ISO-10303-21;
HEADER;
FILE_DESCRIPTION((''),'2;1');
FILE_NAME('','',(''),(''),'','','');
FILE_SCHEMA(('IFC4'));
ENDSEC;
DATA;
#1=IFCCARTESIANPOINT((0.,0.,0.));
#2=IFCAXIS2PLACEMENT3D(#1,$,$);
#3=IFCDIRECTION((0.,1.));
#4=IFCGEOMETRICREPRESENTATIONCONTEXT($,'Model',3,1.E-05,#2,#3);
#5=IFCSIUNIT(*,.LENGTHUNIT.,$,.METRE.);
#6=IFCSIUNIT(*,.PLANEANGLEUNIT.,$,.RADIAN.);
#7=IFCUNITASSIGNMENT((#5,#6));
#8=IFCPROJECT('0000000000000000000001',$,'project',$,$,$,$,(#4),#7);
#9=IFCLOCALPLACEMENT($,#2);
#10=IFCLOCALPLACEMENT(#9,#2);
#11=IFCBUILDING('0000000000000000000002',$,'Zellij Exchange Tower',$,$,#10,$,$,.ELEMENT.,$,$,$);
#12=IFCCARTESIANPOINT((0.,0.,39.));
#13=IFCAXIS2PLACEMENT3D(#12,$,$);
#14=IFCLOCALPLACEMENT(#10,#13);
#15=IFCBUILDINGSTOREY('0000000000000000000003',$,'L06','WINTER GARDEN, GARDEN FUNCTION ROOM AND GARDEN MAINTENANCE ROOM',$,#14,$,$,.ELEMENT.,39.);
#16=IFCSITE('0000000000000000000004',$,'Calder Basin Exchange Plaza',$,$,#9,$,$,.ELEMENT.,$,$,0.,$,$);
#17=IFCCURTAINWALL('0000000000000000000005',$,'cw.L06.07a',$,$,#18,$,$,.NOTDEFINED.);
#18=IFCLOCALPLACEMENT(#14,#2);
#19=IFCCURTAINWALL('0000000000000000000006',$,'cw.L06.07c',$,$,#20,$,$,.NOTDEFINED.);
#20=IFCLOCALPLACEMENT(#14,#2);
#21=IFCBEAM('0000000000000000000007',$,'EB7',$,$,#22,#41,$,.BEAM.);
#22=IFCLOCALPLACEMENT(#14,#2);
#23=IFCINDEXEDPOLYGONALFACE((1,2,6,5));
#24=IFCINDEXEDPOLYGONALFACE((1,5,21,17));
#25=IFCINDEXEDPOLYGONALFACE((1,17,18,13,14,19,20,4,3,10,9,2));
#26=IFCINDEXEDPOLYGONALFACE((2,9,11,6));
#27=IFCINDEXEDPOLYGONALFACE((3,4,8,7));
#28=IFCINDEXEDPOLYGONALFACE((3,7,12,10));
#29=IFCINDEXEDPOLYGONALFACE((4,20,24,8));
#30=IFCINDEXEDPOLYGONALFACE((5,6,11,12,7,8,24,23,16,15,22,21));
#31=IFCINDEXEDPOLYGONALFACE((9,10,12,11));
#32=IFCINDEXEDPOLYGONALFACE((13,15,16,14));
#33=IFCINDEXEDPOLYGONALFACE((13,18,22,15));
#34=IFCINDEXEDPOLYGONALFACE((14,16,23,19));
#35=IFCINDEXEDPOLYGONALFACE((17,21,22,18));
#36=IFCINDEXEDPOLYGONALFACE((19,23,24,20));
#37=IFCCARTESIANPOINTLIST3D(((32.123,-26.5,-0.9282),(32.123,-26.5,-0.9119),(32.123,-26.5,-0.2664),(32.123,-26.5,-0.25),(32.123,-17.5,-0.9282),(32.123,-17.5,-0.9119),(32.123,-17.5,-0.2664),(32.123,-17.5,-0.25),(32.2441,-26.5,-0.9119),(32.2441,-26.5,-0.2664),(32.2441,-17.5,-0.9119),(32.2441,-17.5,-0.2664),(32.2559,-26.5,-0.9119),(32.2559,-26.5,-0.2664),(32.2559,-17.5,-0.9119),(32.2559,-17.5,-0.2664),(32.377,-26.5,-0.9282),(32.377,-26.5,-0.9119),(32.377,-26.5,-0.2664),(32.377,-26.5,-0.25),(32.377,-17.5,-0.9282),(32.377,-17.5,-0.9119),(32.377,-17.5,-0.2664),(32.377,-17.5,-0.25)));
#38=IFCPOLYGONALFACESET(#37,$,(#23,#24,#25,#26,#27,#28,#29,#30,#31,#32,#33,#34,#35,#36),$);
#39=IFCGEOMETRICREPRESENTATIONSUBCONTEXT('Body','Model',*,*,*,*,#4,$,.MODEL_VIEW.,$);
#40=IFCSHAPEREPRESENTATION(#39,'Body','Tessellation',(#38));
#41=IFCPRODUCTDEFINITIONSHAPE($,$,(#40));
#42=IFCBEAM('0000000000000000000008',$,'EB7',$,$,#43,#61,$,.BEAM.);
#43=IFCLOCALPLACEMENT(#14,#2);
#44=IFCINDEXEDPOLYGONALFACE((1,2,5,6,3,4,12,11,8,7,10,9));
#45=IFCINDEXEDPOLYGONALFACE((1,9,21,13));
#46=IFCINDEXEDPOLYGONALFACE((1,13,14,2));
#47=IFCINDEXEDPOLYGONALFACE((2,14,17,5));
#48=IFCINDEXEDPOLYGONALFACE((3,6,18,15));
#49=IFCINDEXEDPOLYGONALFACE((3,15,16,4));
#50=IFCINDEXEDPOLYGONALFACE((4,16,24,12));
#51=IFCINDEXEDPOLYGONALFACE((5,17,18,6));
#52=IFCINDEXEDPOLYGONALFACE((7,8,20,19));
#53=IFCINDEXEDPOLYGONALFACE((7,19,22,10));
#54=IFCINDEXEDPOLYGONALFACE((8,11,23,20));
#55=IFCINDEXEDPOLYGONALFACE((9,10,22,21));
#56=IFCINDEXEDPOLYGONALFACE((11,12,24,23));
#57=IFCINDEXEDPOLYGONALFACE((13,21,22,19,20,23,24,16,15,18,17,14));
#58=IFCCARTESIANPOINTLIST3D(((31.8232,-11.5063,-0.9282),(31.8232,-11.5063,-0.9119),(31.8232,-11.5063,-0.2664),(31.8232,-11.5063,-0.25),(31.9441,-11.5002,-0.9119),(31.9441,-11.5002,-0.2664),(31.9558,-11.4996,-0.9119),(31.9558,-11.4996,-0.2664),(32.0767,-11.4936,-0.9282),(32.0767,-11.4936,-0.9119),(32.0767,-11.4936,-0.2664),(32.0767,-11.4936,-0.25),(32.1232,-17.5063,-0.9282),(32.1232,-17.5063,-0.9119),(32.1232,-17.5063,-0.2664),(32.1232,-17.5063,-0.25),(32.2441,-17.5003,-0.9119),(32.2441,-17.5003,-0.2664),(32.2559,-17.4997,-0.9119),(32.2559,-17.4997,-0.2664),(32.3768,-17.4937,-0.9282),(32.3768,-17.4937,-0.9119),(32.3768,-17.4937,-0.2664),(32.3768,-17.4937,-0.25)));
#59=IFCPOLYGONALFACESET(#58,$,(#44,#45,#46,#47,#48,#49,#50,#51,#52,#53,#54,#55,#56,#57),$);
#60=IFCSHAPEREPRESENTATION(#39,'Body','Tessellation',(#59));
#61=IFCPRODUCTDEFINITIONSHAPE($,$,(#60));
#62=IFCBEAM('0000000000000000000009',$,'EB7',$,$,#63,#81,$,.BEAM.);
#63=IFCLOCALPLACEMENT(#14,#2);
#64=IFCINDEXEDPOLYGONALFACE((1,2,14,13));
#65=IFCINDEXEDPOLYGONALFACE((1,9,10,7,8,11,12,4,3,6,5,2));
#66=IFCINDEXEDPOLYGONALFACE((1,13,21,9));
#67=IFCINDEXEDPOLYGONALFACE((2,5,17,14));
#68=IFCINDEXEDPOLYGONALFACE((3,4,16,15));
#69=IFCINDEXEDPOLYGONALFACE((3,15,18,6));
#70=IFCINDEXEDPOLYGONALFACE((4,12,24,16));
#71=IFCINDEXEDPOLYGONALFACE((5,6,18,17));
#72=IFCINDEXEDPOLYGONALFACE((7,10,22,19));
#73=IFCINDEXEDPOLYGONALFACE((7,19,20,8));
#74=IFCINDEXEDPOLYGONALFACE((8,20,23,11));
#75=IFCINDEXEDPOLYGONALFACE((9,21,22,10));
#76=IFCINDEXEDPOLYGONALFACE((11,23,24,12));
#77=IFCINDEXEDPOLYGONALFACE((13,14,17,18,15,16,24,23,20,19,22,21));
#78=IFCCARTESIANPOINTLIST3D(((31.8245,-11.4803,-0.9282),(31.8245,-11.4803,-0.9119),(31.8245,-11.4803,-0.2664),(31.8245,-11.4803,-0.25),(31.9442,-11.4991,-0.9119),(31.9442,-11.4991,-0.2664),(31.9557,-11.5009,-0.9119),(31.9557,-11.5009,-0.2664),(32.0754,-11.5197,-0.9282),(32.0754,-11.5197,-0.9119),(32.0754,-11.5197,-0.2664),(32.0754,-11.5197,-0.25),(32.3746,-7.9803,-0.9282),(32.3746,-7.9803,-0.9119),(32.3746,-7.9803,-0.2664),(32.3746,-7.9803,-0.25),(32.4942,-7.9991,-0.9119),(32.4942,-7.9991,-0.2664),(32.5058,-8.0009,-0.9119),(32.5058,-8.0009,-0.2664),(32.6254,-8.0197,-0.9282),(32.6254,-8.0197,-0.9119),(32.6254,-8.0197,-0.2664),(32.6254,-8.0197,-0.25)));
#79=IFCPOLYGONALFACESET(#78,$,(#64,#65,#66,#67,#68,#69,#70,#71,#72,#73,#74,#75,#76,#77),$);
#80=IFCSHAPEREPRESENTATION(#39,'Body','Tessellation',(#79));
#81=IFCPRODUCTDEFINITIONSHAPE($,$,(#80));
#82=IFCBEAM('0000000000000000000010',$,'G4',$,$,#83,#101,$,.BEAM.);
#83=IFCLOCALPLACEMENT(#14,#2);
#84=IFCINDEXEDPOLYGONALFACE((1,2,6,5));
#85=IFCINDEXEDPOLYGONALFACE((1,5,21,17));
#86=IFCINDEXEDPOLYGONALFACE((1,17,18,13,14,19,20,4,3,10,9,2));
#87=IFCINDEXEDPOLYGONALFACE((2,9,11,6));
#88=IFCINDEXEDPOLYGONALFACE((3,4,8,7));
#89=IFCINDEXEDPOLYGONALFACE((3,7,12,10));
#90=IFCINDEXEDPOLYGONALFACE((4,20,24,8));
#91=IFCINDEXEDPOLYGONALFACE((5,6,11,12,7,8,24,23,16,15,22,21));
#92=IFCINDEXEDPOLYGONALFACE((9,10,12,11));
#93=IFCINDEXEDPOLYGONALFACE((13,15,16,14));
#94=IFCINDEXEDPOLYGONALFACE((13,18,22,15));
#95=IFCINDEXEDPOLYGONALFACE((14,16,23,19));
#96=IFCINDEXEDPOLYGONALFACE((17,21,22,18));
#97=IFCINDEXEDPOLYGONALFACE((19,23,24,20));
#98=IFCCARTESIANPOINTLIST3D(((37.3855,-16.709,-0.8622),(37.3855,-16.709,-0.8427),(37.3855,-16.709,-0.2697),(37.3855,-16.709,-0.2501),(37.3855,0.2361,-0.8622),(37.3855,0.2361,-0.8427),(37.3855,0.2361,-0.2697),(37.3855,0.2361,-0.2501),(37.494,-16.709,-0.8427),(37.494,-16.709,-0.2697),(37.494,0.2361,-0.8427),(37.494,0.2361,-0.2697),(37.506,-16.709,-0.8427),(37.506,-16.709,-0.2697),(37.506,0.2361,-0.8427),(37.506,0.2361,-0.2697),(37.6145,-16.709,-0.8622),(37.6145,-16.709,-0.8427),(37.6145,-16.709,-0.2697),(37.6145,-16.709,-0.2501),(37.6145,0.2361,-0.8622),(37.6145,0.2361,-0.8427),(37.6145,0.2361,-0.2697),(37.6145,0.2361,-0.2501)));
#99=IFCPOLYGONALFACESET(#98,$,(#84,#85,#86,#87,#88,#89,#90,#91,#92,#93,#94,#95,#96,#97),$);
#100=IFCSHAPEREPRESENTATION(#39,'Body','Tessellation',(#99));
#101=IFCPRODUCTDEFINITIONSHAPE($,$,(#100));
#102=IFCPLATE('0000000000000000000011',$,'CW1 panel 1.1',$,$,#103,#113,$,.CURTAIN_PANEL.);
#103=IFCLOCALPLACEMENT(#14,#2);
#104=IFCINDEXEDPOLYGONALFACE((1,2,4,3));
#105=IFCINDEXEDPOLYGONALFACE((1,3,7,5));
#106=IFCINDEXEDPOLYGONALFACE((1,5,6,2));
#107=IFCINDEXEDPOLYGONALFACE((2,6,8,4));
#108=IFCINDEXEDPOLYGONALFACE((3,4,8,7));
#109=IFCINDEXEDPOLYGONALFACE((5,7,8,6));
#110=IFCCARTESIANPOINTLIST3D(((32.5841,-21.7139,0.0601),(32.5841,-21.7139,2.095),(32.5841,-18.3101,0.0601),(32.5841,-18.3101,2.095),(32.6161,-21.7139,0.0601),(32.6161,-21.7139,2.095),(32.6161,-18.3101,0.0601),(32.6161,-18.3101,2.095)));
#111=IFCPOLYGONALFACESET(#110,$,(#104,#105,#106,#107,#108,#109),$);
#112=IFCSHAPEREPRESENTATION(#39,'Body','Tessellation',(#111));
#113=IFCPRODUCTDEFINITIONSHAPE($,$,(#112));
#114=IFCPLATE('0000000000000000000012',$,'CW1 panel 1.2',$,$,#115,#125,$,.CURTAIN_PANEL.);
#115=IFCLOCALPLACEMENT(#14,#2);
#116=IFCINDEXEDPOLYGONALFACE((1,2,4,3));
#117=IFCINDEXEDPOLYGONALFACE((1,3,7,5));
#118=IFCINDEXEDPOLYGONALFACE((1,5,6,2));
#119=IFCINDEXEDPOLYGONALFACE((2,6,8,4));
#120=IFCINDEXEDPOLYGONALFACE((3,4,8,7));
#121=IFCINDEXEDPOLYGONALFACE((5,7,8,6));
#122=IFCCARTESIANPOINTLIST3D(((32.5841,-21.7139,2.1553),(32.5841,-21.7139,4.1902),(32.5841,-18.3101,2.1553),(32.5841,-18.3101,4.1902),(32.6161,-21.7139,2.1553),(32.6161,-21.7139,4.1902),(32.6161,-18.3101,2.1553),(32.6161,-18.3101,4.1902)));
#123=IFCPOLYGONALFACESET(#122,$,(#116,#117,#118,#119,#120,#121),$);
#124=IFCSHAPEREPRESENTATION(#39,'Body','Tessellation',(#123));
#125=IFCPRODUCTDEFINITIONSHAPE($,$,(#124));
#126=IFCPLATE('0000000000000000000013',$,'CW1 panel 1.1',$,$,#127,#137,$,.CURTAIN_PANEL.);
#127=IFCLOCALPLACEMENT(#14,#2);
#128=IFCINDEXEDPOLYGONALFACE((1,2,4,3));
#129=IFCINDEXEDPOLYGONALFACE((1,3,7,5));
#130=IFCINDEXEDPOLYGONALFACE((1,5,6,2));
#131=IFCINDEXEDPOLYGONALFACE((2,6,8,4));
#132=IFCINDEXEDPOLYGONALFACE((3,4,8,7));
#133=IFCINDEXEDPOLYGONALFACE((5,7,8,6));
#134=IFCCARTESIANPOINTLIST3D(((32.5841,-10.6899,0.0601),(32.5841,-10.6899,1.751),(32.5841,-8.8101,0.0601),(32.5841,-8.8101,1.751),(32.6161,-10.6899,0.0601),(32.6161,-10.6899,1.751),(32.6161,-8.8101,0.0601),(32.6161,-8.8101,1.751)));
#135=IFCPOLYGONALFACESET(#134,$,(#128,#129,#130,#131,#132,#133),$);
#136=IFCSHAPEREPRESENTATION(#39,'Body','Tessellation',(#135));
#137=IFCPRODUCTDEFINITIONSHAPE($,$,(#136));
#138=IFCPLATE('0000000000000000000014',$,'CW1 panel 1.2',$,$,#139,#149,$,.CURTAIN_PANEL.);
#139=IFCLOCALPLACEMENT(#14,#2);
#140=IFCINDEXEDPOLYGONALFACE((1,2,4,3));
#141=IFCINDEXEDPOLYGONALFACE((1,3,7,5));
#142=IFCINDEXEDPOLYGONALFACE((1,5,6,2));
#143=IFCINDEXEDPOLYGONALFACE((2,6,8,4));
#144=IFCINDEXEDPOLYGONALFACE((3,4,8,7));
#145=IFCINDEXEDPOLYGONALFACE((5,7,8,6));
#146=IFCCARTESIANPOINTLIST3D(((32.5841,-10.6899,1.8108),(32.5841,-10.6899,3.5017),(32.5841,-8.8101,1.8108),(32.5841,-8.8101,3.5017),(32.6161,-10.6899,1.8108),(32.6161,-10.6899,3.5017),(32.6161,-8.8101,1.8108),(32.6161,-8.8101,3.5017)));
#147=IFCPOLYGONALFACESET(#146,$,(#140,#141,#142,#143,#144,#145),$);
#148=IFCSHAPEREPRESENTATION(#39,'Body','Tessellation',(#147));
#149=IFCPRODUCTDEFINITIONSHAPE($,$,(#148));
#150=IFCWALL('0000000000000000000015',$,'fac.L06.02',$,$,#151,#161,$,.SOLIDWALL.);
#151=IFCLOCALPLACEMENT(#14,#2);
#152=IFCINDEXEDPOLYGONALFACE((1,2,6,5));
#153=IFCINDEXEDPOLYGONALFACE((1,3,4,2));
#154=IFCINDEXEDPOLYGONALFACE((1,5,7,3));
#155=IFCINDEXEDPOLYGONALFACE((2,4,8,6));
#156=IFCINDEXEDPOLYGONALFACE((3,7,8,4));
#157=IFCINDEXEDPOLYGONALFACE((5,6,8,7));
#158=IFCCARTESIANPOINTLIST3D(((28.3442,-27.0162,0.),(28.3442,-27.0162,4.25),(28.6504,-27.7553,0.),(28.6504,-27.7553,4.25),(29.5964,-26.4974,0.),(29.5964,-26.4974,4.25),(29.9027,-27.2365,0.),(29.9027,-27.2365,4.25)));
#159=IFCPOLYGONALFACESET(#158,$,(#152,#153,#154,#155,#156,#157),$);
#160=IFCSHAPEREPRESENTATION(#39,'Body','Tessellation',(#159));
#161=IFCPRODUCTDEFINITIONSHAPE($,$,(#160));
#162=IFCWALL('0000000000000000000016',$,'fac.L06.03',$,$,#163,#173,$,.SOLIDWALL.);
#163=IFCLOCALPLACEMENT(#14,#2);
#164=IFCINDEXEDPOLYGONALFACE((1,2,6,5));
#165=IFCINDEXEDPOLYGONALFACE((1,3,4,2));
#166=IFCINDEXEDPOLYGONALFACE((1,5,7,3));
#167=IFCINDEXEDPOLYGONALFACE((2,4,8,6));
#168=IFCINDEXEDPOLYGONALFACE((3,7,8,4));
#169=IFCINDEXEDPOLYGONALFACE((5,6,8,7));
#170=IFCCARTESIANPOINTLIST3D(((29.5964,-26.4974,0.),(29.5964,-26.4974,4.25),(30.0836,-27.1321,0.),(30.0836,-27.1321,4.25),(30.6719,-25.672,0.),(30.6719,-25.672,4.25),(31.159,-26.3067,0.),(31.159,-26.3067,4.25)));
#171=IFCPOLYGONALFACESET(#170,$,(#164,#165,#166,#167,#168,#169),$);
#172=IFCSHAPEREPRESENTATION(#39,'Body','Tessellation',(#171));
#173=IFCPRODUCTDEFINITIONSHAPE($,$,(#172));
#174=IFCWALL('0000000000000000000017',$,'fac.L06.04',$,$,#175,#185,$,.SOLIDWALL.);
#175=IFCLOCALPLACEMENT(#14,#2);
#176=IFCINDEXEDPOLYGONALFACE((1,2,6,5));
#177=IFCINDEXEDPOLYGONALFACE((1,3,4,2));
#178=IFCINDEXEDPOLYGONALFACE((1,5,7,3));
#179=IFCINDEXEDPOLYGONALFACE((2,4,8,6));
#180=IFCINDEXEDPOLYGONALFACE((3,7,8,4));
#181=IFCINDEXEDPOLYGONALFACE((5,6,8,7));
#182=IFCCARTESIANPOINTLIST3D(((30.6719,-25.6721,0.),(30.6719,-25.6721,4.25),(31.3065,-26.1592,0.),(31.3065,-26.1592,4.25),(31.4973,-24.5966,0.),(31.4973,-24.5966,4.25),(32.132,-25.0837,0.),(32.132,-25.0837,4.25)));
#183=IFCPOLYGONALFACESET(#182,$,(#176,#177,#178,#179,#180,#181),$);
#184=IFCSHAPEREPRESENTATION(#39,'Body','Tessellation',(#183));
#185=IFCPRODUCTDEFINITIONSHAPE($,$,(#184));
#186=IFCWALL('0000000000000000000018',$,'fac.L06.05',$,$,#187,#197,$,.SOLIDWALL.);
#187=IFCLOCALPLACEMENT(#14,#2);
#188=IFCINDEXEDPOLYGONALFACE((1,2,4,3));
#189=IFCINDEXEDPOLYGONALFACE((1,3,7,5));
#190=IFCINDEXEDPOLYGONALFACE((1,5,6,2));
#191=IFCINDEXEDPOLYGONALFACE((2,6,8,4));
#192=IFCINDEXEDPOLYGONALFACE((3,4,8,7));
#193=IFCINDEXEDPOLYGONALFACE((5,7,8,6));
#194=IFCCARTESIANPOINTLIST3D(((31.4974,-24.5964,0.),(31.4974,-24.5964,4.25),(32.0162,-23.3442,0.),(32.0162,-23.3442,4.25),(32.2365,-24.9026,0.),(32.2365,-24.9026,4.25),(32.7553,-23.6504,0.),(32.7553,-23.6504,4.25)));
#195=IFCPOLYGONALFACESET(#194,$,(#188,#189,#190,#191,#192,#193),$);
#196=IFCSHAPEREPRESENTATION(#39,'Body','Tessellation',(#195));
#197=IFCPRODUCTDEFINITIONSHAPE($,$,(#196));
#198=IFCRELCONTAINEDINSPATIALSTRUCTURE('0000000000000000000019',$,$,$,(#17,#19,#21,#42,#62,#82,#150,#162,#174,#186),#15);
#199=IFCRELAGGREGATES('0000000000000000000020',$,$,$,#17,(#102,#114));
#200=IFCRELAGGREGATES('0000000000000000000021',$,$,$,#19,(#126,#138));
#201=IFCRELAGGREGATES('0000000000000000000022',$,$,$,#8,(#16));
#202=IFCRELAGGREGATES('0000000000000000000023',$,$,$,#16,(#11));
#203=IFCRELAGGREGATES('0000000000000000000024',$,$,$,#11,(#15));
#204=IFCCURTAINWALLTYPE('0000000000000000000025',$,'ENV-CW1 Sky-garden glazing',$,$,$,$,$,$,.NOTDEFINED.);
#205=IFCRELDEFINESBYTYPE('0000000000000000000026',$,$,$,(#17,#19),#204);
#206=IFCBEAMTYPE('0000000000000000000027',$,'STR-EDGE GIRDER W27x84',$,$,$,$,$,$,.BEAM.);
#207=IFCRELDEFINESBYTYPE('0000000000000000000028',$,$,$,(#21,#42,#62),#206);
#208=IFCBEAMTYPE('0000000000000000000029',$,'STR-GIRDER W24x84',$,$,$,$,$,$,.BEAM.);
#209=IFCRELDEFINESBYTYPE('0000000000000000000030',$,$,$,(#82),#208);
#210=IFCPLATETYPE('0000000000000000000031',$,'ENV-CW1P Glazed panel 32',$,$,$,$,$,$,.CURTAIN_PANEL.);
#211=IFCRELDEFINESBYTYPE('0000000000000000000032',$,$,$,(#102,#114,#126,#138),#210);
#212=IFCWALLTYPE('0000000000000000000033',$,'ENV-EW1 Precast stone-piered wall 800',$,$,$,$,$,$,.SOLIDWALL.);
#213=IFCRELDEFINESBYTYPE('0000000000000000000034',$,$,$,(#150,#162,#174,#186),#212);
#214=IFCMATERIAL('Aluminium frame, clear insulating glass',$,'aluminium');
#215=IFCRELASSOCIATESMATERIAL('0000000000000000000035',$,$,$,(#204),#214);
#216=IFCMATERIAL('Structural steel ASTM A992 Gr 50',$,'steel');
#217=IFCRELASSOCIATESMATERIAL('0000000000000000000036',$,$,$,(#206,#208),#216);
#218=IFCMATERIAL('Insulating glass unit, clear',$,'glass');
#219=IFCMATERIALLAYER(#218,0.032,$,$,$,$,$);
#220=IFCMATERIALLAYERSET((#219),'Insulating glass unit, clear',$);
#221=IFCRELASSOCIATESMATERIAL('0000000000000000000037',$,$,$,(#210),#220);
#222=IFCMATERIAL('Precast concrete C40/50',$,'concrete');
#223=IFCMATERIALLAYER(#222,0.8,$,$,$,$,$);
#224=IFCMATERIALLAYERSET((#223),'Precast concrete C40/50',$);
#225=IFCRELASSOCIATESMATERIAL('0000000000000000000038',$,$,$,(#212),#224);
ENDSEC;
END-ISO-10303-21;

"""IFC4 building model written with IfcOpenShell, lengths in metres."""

from ifc_helpers import new_model, si_unit, direction, frame, frame_2d, origin, origin_2d, place, context, subcontext, project, spatial, rectangle, i_section, extrude, material, layer, layer_set, material_profile, profile_set, type_object, element, aggregate, save


model = new_model("IFC4")

# Units and contexts
model_context = context("Model", 3, precision=1e-05, world=origin(), true_north=direction((0.0, 1.0)))
body_context = subcontext(model_context, "Body", "Model", "MODEL_VIEW")
ifc_project = project(units=[si_unit("LENGTHUNIT", "METRE"), si_unit("PLANEANGLEUNIT", "RADIAN")], contexts=[model_context])

# Site, building, storey
site_placement = place(None, origin())
site = spatial("IfcSite", under=ifc_project, at=site_placement, Name="Calder Basin Exchange Plaza", CompositionType="ELEMENT", RefElevation=0.0)
building_placement = place(site_placement, origin())
building = spatial("IfcBuilding", under=site, at=building_placement, Name="Zellij Exchange Tower", CompositionType="ELEMENT")
storey_placement = place(building_placement, frame((0.0, 0.0, 39.0)))
storey = spatial("IfcBuildingStorey", under=building, at=storey_placement, Name="L06", Description="WINTER GARDEN, GARDEN FUNCTION ROOM AND GARDEN MAINTENANCE ROOM", CompositionType="ELEMENT", Elevation=39.0)

# Curtain walls
ifc_material_1 = material(Name="Aluminium frame, clear insulating glass", Category="aluminium")
curtain_wall_type = type_object("IfcCurtainWallType", Name="ENV-CW1 Sky-garden glazing", PredefinedType="NOTDEFINED", material=ifc_material_1)
curtain_wall_1_placement = place(storey_placement, origin())
curtain_wall_1 = element("IfcCurtainWall", 1, at=curtain_wall_1_placement, inside=storey, type_object=curtain_wall_type, Name="cw.L06.07a", PredefinedType="NOTDEFINED")
curtain_wall_2_placement = place(storey_placement, origin())
curtain_wall_2 = element("IfcCurtainWall", 2, at=curtain_wall_2_placement, inside=storey, type_object=curtain_wall_type, Name="cw.L06.07c", PredefinedType="NOTDEFINED")

# Beams
ifc_material_2 = material(Name="Structural steel ASTM A992 Gr 50", Category="steel")
ifc_material_profile_1 = material_profile(ifc_material_2, i_section(OverallWidth=0.2539, OverallDepth=0.6782, WebThickness=0.0117, FlangeThickness=0.0164, at=origin_2d()), Name="W27x84")
ifc_profile_set_1 = profile_set([ifc_material_profile_1], Name="Structural steel ASTM A992 Gr 50")
beam_type_1 = type_object("IfcBeamType", Name="STR-EDGE GIRDER W27x84", PredefinedType="BEAM", material=ifc_profile_set_1)
beam_1_placement = place(storey_placement, frame((32.25, -26.5, -0.5891), z_axis=(0.0, 1.0, 0.0), x_axis=(-1.0, 0.0, 0.0)))
element("IfcBeam", 3, at=beam_1_placement, inside=storey, type_object=beam_type_1, Name="EB7", PredefinedType="BEAM", context=body_context, shape_type="SweptSolid", body=[
    extrude(i_section(OverallWidth=0.2539, OverallDepth=0.6782, WebThickness=0.0117, FlangeThickness=0.0164, at=origin_2d()), origin(), (0.0, 0.0, 1.0), 9.0),
])
beam_2_placement = place(storey_placement, frame((32.25, -17.5, -0.5891), z_axis=(-0.049946, 0.998752, 0.0), x_axis=(-0.998752, -0.049946, 0.0)))
element("IfcBeam", 4, at=beam_2_placement, inside=storey, type_object=beam_type_1, Name="EB7", PredefinedType="BEAM", context=body_context, shape_type="SweptSolid", body=[
    extrude(i_section(OverallWidth=0.2539, OverallDepth=0.6782, WebThickness=0.0117, FlangeThickness=0.0164, at=origin_2d()), origin(), (0.0, 0.0, 1.0), 6.0076),
])
beam_3_placement = place(storey_placement, frame((31.95, -11.5, -0.5891), z_axis=(0.155251, 0.987875, 0.0), x_axis=(-0.987875, 0.155251, 0.0)))
element("IfcBeam", 5, at=beam_3_placement, inside=storey, type_object=beam_type_1, Name="EB7", PredefinedType="BEAM", context=body_context, shape_type="SweptSolid", body=[
    extrude(i_section(OverallWidth=0.2539, OverallDepth=0.6782, WebThickness=0.0117, FlangeThickness=0.0164, at=origin_2d()), origin(), (0.0, 0.0, 1.0), 3.543),
])
ifc_material_profile_2 = material_profile(ifc_material_2, i_section(OverallWidth=0.229, OverallDepth=0.6121, WebThickness=0.012, FlangeThickness=0.0195, at=origin_2d()), Name="W24x84")
ifc_profile_set_2 = profile_set([ifc_material_profile_2], Name="Structural steel ASTM A992 Gr 50")
beam_type_2 = type_object("IfcBeamType", Name="STR-GIRDER W24x84", PredefinedType="BEAM", material=ifc_profile_set_2)
beam_4_placement = place(storey_placement, frame((37.5, -16.709, -0.5562), z_axis=(0.0, 1.0, 0.0), x_axis=(-1.0, 0.0, 0.0)))
element("IfcBeam", 6, at=beam_4_placement, inside=storey, type_object=beam_type_2, Name="G4", PredefinedType="BEAM", context=body_context, shape_type="SweptSolid", body=[
    extrude(i_section(OverallWidth=0.229, OverallDepth=0.6121, WebThickness=0.012, FlangeThickness=0.0195, at=origin_2d()), origin(), (0.0, 0.0, 1.0), 16.9451),
])

# Plates
ifc_material_3 = material(Name="Insulating glass unit, clear", Category="glass")
ifc_layer_1 = layer(ifc_material_3, 0.032)
ifc_layer_set_1 = layer_set([ifc_layer_1], Name="Insulating glass unit, clear")
plate_type = type_object("IfcPlateType", Name="ENV-CW1P Glazed panel 32", PredefinedType="CURTAIN_PANEL", material=ifc_layer_set_1)
plate_1_placement = place(storey_placement, frame((32.6001, -20.012, 0.0601), z_axis=(0.0, 0.0, 1.0), x_axis=(0.0, 1.0, 0.0)))
plate_1 = element("IfcPlate", 7, at=plate_1_placement, type_object=plate_type, Name="CW1 panel 1.1", PredefinedType="CURTAIN_PANEL", context=body_context, shape_type="SweptSolid", body=[
    extrude(rectangle(XDim=3.4038, YDim=0.032, at=origin_2d()), origin(), (0.0, 0.0, 1.0), 2.0349),
])
plate_2_placement = place(storey_placement, frame((32.6001, -20.012, 2.1553), z_axis=(0.0, 0.0, 1.0), x_axis=(0.0, 1.0, 0.0)))
plate_2 = element("IfcPlate", 8, at=plate_2_placement, type_object=plate_type, Name="CW1 panel 1.2", PredefinedType="CURTAIN_PANEL", context=body_context, shape_type="SweptSolid", body=[
    extrude(rectangle(XDim=3.4038, YDim=0.032, at=origin_2d()), origin(), (0.0, 0.0, 1.0), 2.0349),
])
aggregate(curtain_wall_1, [plate_1, plate_2])
plate_3_placement = place(storey_placement, frame((32.6001, -9.75, 0.0601), z_axis=(0.0, 0.0, 1.0), x_axis=(0.0, 1.0, 0.0)))
plate_3 = element("IfcPlate", 9, at=plate_3_placement, type_object=plate_type, Name="CW1 panel 1.1", PredefinedType="CURTAIN_PANEL", context=body_context, shape_type="SweptSolid", body=[
    extrude(rectangle(XDim=1.8799, YDim=0.032, at=origin_2d()), origin(), (0.0, 0.0, 1.0), 1.6909),
])
plate_4_placement = place(storey_placement, frame((32.6001, -9.75, 1.8108), z_axis=(0.0, 0.0, 1.0), x_axis=(0.0, 1.0, 0.0)))
plate_4 = element("IfcPlate", 10, at=plate_4_placement, type_object=plate_type, Name="CW1 panel 1.2", PredefinedType="CURTAIN_PANEL", context=body_context, shape_type="SweptSolid", body=[
    extrude(rectangle(XDim=1.8799, YDim=0.032, at=origin_2d()), origin(), (0.0, 0.0, 1.0), 1.6909),
])
aggregate(curtain_wall_2, [plate_3, plate_4])

# Walls
ifc_material_4 = material(Name="Precast concrete C40/50", Category="concrete")
ifc_layer_2 = layer(ifc_material_4, 0.8)
ifc_layer_set_2 = layer_set([ifc_layer_2], Name="Precast concrete C40/50")
wall_type = type_object("IfcWallType", Name="ENV-EW1 Precast stone-piered wall 800", PredefinedType="SOLIDWALL", material=ifc_layer_set_2)
wall_1_placement = place(storey_placement, frame((28.4973, -27.3857, 0.0), z_axis=(0.0, 0.0, 1.0), x_axis=(0.923848, 0.38276, 0.0)))
element("IfcWall", 11, at=wall_1_placement, inside=storey, type_object=wall_type, Name="fac.L06.02", PredefinedType="SOLIDWALL", context=body_context, shape_type="SweptSolid", body=[
    extrude(rectangle(XDim=1.3555, YDim=0.8, at=frame_2d((0.6777, 0.0))), origin(), (0.0, 0.0, 1.0), 4.25),
])
for number, where, z_axis, x_axis, name in (
    (12, (29.8401, -26.8147, 0.0), (0.0, 0.0, 1.0), (0.793273, 0.608866, 0.0), "fac.L06.03"),
    (13, (30.9893, -25.9155, 0.0), (0.0, 0.0, 1.0), (0.608866, 0.793273, 0.0), "fac.L06.04"),
):
    element("IfcWall", number, at=place(storey_placement, frame(where, z_axis=z_axis, x_axis=x_axis)), inside=storey, type_object=wall_type, Name=name, PredefinedType="SOLIDWALL", context=body_context, shape_type="SweptSolid", body=[
        extrude(rectangle(XDim=1.3557, YDim=0.8, at=frame_2d((0.6777, 0.0))), origin(), (0.0, 0.0, 1.0), 4.25),
    ])
wall_2_placement = place(storey_placement, frame((31.8669, -24.7495, 0.0), z_axis=(0.0, 0.0, 1.0), x_axis=(0.38276, 0.923848, 0.0)))
element("IfcWall", 14, at=wall_2_placement, inside=storey, type_object=wall_type, Name="fac.L06.05", PredefinedType="SOLIDWALL", context=body_context, shape_type="SweptSolid", body=[
    extrude(rectangle(XDim=1.3555, YDim=0.8, at=frame_2d((0.6777, 0.0))), origin(), (0.0, 0.0, 1.0), 4.25),
])

save(model, "model.ifc")
